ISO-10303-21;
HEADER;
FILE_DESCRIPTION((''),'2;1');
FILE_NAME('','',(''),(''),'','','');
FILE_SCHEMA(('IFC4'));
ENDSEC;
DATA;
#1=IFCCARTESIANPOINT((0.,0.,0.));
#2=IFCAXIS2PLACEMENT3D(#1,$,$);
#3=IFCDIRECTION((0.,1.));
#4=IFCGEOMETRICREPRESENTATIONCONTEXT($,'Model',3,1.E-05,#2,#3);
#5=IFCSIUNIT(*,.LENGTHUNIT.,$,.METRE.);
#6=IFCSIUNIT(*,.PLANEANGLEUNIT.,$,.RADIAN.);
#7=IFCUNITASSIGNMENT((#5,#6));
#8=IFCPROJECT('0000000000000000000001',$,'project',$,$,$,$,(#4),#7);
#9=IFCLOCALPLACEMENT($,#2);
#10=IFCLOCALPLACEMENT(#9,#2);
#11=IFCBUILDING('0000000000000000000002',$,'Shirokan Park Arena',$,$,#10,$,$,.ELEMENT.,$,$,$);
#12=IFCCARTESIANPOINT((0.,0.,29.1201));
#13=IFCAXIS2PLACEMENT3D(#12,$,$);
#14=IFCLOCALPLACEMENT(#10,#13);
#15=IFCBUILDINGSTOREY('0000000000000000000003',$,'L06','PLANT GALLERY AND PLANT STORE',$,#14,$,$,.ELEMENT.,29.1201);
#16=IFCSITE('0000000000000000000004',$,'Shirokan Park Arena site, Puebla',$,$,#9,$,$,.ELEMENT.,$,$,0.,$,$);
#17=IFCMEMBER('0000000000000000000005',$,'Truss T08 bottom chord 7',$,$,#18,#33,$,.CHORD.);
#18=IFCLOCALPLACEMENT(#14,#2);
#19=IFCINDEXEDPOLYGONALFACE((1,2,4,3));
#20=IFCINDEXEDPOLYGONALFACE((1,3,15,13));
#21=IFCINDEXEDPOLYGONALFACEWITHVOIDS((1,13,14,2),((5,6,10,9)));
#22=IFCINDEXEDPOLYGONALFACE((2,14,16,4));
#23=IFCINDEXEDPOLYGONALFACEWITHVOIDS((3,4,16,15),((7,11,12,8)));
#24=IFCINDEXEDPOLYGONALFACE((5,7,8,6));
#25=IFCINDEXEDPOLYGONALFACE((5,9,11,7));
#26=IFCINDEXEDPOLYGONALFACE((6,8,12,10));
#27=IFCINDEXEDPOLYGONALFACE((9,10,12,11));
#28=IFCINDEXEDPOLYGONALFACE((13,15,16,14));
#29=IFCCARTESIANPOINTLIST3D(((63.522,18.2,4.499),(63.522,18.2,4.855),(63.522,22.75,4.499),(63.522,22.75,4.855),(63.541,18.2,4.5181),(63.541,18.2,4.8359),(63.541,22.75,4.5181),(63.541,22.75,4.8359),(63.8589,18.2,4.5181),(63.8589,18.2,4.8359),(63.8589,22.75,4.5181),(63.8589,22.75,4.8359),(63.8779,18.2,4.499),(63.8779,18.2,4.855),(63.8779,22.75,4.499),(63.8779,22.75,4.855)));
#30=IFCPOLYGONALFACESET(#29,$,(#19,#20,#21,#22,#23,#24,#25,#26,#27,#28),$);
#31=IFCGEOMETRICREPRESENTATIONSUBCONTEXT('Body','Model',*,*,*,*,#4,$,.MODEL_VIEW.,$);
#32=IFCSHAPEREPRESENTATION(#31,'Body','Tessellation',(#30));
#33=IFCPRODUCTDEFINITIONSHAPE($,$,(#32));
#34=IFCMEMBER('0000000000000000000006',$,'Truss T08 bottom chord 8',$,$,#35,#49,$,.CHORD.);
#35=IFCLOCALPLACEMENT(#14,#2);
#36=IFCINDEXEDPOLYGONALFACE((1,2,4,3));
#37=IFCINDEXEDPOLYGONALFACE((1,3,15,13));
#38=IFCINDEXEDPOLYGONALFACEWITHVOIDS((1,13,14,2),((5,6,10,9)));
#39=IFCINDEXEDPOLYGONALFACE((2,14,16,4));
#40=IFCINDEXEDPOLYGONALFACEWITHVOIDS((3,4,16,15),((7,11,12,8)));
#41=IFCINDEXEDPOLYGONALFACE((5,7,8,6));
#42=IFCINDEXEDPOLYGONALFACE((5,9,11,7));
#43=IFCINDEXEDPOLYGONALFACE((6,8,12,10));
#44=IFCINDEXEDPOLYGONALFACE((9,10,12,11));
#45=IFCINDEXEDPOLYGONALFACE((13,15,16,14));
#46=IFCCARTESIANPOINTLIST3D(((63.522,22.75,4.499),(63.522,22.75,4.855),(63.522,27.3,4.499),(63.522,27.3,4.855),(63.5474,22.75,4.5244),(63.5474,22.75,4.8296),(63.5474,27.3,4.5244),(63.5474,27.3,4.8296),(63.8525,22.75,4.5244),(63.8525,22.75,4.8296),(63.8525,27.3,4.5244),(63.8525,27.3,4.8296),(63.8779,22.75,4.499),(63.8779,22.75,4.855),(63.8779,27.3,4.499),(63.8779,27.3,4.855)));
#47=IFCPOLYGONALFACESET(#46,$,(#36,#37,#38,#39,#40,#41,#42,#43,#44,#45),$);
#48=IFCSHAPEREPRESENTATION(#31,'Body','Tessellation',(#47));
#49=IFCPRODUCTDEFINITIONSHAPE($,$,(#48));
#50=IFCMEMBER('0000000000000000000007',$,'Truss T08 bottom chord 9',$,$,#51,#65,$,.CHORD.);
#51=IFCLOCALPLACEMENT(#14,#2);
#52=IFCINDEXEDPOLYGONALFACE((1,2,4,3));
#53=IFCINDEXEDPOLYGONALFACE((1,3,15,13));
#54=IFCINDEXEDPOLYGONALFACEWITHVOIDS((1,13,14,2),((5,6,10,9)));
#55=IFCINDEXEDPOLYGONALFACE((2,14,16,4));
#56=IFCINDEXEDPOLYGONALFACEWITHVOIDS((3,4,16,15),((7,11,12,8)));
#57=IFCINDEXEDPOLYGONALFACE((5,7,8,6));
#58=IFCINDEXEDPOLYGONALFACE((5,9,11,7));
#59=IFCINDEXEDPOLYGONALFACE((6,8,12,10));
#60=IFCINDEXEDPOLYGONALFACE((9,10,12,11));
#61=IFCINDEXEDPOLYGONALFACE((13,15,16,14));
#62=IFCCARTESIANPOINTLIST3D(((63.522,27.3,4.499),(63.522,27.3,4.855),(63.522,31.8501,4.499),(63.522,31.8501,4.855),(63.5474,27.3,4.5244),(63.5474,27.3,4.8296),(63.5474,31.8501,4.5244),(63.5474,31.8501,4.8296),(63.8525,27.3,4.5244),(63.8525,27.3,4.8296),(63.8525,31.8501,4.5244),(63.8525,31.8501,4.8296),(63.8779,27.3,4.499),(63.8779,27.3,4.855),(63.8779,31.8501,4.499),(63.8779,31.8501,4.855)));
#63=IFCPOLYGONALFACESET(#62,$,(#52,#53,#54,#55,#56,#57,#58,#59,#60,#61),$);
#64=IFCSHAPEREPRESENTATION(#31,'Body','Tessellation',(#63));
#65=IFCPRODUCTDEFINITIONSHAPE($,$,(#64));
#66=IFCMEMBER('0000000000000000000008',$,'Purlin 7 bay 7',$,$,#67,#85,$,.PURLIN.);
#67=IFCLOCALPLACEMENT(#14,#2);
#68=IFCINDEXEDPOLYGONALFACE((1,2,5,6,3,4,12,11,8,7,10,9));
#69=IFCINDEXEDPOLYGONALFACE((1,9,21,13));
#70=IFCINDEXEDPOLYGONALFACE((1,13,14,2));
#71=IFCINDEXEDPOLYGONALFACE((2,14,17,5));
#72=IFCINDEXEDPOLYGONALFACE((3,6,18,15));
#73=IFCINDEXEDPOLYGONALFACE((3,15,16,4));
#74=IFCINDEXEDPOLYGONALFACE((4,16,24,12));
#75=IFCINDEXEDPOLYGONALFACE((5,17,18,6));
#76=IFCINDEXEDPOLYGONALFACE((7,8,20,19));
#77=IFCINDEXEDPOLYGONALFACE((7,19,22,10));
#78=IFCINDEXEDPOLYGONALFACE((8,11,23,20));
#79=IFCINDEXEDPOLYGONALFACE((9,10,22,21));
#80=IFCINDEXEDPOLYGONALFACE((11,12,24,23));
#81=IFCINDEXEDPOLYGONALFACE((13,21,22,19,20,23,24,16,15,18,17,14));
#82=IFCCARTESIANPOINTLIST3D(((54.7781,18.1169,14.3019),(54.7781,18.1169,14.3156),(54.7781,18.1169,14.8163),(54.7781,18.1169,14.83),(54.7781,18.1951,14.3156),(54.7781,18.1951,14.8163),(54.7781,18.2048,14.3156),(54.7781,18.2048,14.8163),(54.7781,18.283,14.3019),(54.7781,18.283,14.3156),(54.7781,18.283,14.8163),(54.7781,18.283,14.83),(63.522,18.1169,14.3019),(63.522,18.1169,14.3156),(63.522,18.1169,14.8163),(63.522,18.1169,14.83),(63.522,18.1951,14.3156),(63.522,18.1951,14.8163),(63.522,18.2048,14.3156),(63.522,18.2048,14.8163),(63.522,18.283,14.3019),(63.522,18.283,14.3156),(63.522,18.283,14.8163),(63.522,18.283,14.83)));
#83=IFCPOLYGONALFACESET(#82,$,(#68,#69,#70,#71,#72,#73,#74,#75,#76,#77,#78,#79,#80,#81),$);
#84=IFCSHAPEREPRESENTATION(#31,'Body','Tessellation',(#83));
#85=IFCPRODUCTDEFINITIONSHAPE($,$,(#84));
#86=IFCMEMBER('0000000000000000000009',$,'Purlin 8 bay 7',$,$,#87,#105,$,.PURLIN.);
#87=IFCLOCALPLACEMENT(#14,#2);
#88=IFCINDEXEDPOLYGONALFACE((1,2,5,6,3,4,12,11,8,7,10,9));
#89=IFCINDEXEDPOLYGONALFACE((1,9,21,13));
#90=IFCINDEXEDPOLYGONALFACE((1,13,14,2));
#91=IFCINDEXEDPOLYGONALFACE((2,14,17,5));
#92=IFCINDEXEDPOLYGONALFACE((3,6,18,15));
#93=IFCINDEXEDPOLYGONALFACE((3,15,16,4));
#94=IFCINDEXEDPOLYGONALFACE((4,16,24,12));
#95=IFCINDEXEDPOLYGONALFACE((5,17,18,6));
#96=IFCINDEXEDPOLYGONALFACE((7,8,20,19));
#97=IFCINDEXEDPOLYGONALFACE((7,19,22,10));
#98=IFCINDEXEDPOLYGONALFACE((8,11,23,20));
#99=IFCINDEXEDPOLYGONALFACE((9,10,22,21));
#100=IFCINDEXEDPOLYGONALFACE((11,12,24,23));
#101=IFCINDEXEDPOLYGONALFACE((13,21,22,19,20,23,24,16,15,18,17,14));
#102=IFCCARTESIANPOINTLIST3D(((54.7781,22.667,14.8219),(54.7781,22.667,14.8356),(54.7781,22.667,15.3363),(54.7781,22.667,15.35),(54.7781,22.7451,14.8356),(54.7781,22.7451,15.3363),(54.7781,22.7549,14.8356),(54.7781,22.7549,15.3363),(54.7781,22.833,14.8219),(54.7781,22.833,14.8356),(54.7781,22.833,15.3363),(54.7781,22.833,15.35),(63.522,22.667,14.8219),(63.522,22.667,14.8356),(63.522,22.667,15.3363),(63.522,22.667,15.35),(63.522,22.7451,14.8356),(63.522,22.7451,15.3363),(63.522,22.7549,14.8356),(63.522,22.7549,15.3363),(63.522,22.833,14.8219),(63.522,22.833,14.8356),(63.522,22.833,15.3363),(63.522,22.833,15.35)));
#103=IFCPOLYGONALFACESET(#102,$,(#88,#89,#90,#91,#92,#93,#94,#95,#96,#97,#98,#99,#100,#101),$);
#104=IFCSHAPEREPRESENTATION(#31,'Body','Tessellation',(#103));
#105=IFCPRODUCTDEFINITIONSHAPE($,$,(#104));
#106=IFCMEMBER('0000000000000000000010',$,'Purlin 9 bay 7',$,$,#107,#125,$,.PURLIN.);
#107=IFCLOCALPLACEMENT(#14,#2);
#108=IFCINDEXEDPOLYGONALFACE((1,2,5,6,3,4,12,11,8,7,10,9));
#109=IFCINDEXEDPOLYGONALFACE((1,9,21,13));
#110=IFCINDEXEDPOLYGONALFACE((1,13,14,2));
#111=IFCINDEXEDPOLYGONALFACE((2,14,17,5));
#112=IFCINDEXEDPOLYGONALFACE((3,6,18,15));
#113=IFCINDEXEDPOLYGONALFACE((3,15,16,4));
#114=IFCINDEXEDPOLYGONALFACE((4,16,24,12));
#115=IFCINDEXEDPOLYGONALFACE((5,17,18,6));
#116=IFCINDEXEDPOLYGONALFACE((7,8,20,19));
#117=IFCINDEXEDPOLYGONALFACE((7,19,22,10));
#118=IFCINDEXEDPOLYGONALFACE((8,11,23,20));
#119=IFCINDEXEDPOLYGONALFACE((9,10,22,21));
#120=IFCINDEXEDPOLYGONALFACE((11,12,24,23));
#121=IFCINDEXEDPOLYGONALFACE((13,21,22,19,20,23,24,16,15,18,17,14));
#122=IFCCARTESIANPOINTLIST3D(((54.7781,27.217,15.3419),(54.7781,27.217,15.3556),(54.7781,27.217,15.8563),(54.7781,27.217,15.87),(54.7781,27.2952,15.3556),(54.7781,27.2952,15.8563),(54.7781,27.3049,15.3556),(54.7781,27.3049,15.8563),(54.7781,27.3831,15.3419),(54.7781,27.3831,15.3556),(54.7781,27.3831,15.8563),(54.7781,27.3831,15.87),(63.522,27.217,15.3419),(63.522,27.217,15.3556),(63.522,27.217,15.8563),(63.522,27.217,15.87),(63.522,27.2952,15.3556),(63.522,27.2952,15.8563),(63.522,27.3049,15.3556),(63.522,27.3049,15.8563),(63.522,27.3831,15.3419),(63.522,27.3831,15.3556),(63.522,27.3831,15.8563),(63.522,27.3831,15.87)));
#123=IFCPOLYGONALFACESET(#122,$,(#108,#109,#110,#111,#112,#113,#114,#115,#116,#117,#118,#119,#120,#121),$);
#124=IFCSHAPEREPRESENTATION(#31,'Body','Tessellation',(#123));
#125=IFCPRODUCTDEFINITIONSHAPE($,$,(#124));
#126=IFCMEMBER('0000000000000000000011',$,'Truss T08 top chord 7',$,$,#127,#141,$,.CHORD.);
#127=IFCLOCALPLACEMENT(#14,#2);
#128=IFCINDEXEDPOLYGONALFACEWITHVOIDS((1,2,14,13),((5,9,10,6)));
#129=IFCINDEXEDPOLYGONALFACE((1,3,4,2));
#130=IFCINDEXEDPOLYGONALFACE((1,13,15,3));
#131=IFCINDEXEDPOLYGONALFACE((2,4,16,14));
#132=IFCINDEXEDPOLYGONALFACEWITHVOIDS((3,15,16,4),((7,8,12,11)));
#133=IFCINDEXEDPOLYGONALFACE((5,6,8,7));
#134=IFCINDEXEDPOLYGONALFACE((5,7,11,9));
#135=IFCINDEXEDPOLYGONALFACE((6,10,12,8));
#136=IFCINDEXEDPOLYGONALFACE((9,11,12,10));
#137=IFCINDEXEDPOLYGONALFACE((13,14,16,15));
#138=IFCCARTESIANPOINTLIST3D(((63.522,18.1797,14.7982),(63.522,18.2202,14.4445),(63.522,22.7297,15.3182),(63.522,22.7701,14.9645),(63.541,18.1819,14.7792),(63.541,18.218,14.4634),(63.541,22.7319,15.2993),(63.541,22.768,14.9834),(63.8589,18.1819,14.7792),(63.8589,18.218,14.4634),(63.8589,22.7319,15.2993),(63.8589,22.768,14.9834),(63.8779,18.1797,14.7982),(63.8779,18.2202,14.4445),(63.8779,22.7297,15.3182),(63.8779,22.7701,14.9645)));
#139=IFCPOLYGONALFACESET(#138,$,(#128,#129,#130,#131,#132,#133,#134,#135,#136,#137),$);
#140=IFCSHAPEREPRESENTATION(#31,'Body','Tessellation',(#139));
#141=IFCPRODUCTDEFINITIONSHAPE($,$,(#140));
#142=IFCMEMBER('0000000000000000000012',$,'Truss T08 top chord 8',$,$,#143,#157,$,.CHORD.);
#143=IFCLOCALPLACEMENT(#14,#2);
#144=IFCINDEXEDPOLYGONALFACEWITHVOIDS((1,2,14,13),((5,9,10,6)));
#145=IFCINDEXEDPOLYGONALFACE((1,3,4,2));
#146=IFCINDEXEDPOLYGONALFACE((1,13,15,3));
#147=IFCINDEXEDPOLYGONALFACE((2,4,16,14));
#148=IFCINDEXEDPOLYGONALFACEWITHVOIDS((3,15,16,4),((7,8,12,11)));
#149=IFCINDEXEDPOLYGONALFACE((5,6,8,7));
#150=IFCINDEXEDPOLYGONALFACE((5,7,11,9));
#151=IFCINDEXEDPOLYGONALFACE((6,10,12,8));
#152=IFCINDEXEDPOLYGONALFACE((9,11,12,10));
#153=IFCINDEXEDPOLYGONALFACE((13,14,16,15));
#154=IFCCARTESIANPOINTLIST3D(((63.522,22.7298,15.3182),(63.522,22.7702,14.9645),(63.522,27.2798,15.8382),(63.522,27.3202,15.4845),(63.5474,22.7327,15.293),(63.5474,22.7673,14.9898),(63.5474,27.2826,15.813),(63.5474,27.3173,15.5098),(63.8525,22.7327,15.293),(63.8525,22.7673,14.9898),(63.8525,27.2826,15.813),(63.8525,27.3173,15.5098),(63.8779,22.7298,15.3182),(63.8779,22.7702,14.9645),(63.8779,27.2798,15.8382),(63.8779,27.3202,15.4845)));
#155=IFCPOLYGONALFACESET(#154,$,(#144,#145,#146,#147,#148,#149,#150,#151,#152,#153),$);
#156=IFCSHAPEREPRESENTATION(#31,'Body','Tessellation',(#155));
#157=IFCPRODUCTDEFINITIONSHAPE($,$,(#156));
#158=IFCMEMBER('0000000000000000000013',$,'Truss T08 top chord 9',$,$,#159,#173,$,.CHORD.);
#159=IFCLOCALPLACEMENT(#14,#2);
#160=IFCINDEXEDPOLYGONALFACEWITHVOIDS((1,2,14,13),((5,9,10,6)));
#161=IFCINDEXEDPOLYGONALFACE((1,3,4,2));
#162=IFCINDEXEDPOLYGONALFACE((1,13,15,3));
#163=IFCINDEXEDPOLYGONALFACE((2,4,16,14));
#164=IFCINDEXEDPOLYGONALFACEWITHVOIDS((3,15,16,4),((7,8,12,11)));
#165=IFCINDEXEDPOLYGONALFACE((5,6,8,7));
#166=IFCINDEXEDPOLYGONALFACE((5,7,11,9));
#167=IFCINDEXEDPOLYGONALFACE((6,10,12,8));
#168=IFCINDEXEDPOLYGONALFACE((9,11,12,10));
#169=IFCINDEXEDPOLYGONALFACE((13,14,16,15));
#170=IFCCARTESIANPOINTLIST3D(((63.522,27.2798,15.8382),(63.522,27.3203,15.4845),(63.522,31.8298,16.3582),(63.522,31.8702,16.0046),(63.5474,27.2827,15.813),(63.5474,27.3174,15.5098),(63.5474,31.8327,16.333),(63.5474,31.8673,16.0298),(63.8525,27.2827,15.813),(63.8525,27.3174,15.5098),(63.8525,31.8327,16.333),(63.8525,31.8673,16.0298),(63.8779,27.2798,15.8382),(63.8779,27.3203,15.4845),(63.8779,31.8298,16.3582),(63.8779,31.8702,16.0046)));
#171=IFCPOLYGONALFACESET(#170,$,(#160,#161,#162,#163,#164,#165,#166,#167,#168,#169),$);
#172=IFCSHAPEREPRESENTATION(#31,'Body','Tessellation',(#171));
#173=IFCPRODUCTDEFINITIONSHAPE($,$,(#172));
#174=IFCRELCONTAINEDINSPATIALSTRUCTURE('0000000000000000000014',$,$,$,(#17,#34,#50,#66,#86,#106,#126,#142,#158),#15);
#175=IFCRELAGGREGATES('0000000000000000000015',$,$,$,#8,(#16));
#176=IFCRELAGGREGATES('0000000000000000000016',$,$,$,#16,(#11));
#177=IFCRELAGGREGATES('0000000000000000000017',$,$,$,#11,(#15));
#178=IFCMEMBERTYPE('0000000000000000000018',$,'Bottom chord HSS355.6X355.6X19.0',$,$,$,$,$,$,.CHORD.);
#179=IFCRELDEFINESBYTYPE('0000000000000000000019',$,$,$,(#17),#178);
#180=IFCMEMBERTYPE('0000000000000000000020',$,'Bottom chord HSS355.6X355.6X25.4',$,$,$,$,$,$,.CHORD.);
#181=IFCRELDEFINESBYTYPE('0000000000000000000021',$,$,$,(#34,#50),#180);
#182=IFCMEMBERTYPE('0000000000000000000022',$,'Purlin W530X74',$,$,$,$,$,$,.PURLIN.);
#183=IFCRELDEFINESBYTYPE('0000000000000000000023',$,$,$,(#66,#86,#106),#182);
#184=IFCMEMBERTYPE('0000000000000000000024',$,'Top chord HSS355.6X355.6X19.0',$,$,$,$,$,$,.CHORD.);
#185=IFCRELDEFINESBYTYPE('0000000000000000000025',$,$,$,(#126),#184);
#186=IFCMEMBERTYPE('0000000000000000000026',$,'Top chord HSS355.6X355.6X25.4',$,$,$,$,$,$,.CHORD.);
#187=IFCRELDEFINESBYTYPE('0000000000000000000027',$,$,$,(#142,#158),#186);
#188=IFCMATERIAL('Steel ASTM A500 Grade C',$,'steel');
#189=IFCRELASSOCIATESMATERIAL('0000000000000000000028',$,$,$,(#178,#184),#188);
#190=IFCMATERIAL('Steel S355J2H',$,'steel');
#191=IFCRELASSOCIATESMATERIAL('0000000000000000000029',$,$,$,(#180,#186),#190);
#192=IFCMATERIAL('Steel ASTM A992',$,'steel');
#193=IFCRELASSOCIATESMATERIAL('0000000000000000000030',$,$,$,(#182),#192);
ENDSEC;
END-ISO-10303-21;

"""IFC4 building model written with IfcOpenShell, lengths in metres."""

from ifc_helpers import new_model, si_unit, direction, frame, origin, origin_2d, place, context, subcontext, project, spatial, hollow_rectangle, i_section, extrude, material, material_profile, profile_set, type_object, element, save


model = new_model("IFC4")

# Units and contexts
model_context = context("Model", 3, precision=1e-05, world=origin(), true_north=direction((0.0, 1.0)))
body_context = subcontext(model_context, "Body", "Model", "MODEL_VIEW")
ifc_project = project(units=[si_unit("LENGTHUNIT", "METRE"), si_unit("PLANEANGLEUNIT", "RADIAN")], contexts=[model_context])

# Site, building, storey
site_placement = place(None, origin())
site = spatial("IfcSite", under=ifc_project, at=site_placement, Name="Shirokan Park Arena site, Puebla", CompositionType="ELEMENT", RefElevation=0.0)
building_placement = place(site_placement, origin())
building = spatial("IfcBuilding", under=site, at=building_placement, Name="Shirokan Park Arena", CompositionType="ELEMENT")
storey_placement = place(building_placement, frame((0.0, 0.0, 29.1201)))
storey = spatial("IfcBuildingStorey", under=building, at=storey_placement, Name="L06", Description="PLANT GALLERY AND PLANT STORE", CompositionType="ELEMENT", Elevation=29.1201)

# Members
ifc_material_1 = material(Name="Steel ASTM A500 Grade C", Category="steel")
ifc_material_profile_1 = material_profile(ifc_material_1, hollow_rectangle(XDim=0.356, YDim=0.356, WallThickness=0.019, at=origin_2d()), Name="HSS355.6X355.6X19.0")
ifc_profile_set_1 = profile_set([ifc_material_profile_1], Name="Steel ASTM A500 Grade C")
member_type_1 = type_object("IfcMemberType", Name="Bottom chord HSS355.6X355.6X19.0", PredefinedType="CHORD", material=ifc_profile_set_1)
member_1_placement = place(storey_placement, frame((63.7, 18.2, 4.677), z_axis=(0.0, 1.0, 0.0), x_axis=(-1.0, 0.0, 0.0)))
element("IfcMember", 1, at=member_1_placement, inside=storey, type_object=member_type_1, Name="Truss T08 bottom chord 7", PredefinedType="CHORD", context=body_context, shape_type="SweptSolid", body=[
    extrude(hollow_rectangle(XDim=0.356, YDim=0.356, WallThickness=0.019, at=origin_2d()), origin(), (0.0, 0.0, 1.0), 4.55),
])
ifc_material_2 = material(Name="Steel S355J2H", Category="steel")
ifc_material_profile_2 = material_profile(ifc_material_2, hollow_rectangle(XDim=0.356, YDim=0.356, WallThickness=0.0254, at=origin_2d()), Name="HSS355.6X355.6X25.4")
ifc_profile_set_2 = profile_set([ifc_material_profile_2], Name="Steel S355J2H")
member_type_2 = type_object("IfcMemberType", Name="Bottom chord HSS355.6X355.6X25.4", PredefinedType="CHORD", material=ifc_profile_set_2)
for number, where, z_axis, x_axis, name in (
    (2, (63.7, 22.75, 4.677), (0.0, 1.0, 0.0), (-1.0, 0.0, 0.0), "Truss T08 bottom chord 8"),
    (3, (63.7, 27.3, 4.677), (0.0, 1.0, 0.0), (-1.0, 0.0, 0.0), "Truss T08 bottom chord 9"),
):
    element("IfcMember", number, at=place(storey_placement, frame(where, z_axis=z_axis, x_axis=x_axis)), inside=storey, type_object=member_type_2, Name=name, PredefinedType="CHORD", context=body_context, shape_type="SweptSolid", body=[
        extrude(hollow_rectangle(XDim=0.356, YDim=0.356, WallThickness=0.0254, at=origin_2d()), origin(), (0.0, 0.0, 1.0), 4.55),
    ])
ifc_material_3 = material(Name="Steel ASTM A992", Category="steel")
ifc_material_profile_3 = material_profile(ifc_material_3, i_section(OverallWidth=0.166, OverallDepth=0.5281, WebThickness=0.0098, FlangeThickness=0.0137, at=origin_2d()), Name="W530X74")
ifc_profile_set_3 = profile_set([ifc_material_profile_3], Name="Steel ASTM A992")
member_type_3 = type_object("IfcMemberType", Name="Purlin W530X74", PredefinedType="PURLIN", material=ifc_profile_set_3)
for number, where, z_axis, x_axis, name in (
    (4, (54.7781, 18.2, 14.5659), (1.0, 0.0, 0.0), (0.0, 1.0, 0.0), "Purlin 7 bay 7"),
    (5, (54.7781, 22.75, 15.0859), (1.0, 0.0, 0.0), (0.0, 1.0, 0.0), "Purlin 8 bay 7"),
    (6, (54.7781, 27.3, 15.606), (1.0, 0.0, 0.0), (0.0, 1.0, 0.0), "Purlin 9 bay 7"),
):
    element("IfcMember", number, at=place(storey_placement, frame(where, z_axis=z_axis, x_axis=x_axis)), inside=storey, type_object=member_type_3, Name=name, PredefinedType="PURLIN", context=body_context, shape_type="SweptSolid", body=[
        extrude(i_section(OverallWidth=0.166, OverallDepth=0.5281, WebThickness=0.0098, FlangeThickness=0.0137, at=origin_2d()), origin(), (0.0, 0.0, 1.0), 8.7439),
    ])
ifc_material_profile_4 = material_profile(ifc_material_1, hollow_rectangle(XDim=0.356, YDim=0.356, WallThickness=0.019, at=origin_2d()), Name="HSS355.6X355.6X19.0")
ifc_profile_set_4 = profile_set([ifc_material_profile_4], Name="Steel ASTM A500 Grade C")
member_type_4 = type_object("IfcMemberType", Name="Top chord HSS355.6X355.6X19.0", PredefinedType="CHORD", material=ifc_profile_set_4)
member_2_placement = place(storey_placement, frame((63.7, 18.2, 14.6213), z_axis=(0.0, 0.993532, 0.11355), x_axis=(-1.0, 0.0, 0.0)))
element("IfcMember", 7, at=member_2_placement, inside=storey, type_object=member_type_4, Name="Truss T08 top chord 7", PredefinedType="CHORD", context=body_context, shape_type="SweptSolid", body=[
    extrude(hollow_rectangle(XDim=0.356, YDim=0.356, WallThickness=0.019, at=origin_2d()), origin(), (0.0, 0.0, 1.0), 4.5796),
])
ifc_material_profile_5 = material_profile(ifc_material_2, hollow_rectangle(XDim=0.356, YDim=0.356, WallThickness=0.0254, at=origin_2d()), Name="HSS355.6X355.6X25.4")
ifc_profile_set_5 = profile_set([ifc_material_profile_5], Name="Steel S355J2H")
member_type_5 = type_object("IfcMemberType", Name="Top chord HSS355.6X355.6X25.4", PredefinedType="CHORD", material=ifc_profile_set_5)
for number, where, z_axis, x_axis, name in (
    (8, (63.7, 22.75, 15.1414), (0.0, 0.993532, 0.11355), (-1.0, 0.0, 0.0), "Truss T08 top chord 8"),
    (9, (63.7, 27.3, 15.6614), (0.0, 0.993532, 0.11355), (-1.0, 0.0, 0.0), "Truss T08 top chord 9"),
):
    element("IfcMember", number, at=place(storey_placement, frame(where, z_axis=z_axis, x_axis=x_axis)), inside=storey, type_object=member_type_5, Name=name, PredefinedType="CHORD", context=body_context, shape_type="SweptSolid", body=[
        extrude(hollow_rectangle(XDim=0.356, YDim=0.356, WallThickness=0.0254, at=origin_2d()), origin(), (0.0, 0.0, 1.0), 4.5796),
    ])

save(model, "model.ifc")
